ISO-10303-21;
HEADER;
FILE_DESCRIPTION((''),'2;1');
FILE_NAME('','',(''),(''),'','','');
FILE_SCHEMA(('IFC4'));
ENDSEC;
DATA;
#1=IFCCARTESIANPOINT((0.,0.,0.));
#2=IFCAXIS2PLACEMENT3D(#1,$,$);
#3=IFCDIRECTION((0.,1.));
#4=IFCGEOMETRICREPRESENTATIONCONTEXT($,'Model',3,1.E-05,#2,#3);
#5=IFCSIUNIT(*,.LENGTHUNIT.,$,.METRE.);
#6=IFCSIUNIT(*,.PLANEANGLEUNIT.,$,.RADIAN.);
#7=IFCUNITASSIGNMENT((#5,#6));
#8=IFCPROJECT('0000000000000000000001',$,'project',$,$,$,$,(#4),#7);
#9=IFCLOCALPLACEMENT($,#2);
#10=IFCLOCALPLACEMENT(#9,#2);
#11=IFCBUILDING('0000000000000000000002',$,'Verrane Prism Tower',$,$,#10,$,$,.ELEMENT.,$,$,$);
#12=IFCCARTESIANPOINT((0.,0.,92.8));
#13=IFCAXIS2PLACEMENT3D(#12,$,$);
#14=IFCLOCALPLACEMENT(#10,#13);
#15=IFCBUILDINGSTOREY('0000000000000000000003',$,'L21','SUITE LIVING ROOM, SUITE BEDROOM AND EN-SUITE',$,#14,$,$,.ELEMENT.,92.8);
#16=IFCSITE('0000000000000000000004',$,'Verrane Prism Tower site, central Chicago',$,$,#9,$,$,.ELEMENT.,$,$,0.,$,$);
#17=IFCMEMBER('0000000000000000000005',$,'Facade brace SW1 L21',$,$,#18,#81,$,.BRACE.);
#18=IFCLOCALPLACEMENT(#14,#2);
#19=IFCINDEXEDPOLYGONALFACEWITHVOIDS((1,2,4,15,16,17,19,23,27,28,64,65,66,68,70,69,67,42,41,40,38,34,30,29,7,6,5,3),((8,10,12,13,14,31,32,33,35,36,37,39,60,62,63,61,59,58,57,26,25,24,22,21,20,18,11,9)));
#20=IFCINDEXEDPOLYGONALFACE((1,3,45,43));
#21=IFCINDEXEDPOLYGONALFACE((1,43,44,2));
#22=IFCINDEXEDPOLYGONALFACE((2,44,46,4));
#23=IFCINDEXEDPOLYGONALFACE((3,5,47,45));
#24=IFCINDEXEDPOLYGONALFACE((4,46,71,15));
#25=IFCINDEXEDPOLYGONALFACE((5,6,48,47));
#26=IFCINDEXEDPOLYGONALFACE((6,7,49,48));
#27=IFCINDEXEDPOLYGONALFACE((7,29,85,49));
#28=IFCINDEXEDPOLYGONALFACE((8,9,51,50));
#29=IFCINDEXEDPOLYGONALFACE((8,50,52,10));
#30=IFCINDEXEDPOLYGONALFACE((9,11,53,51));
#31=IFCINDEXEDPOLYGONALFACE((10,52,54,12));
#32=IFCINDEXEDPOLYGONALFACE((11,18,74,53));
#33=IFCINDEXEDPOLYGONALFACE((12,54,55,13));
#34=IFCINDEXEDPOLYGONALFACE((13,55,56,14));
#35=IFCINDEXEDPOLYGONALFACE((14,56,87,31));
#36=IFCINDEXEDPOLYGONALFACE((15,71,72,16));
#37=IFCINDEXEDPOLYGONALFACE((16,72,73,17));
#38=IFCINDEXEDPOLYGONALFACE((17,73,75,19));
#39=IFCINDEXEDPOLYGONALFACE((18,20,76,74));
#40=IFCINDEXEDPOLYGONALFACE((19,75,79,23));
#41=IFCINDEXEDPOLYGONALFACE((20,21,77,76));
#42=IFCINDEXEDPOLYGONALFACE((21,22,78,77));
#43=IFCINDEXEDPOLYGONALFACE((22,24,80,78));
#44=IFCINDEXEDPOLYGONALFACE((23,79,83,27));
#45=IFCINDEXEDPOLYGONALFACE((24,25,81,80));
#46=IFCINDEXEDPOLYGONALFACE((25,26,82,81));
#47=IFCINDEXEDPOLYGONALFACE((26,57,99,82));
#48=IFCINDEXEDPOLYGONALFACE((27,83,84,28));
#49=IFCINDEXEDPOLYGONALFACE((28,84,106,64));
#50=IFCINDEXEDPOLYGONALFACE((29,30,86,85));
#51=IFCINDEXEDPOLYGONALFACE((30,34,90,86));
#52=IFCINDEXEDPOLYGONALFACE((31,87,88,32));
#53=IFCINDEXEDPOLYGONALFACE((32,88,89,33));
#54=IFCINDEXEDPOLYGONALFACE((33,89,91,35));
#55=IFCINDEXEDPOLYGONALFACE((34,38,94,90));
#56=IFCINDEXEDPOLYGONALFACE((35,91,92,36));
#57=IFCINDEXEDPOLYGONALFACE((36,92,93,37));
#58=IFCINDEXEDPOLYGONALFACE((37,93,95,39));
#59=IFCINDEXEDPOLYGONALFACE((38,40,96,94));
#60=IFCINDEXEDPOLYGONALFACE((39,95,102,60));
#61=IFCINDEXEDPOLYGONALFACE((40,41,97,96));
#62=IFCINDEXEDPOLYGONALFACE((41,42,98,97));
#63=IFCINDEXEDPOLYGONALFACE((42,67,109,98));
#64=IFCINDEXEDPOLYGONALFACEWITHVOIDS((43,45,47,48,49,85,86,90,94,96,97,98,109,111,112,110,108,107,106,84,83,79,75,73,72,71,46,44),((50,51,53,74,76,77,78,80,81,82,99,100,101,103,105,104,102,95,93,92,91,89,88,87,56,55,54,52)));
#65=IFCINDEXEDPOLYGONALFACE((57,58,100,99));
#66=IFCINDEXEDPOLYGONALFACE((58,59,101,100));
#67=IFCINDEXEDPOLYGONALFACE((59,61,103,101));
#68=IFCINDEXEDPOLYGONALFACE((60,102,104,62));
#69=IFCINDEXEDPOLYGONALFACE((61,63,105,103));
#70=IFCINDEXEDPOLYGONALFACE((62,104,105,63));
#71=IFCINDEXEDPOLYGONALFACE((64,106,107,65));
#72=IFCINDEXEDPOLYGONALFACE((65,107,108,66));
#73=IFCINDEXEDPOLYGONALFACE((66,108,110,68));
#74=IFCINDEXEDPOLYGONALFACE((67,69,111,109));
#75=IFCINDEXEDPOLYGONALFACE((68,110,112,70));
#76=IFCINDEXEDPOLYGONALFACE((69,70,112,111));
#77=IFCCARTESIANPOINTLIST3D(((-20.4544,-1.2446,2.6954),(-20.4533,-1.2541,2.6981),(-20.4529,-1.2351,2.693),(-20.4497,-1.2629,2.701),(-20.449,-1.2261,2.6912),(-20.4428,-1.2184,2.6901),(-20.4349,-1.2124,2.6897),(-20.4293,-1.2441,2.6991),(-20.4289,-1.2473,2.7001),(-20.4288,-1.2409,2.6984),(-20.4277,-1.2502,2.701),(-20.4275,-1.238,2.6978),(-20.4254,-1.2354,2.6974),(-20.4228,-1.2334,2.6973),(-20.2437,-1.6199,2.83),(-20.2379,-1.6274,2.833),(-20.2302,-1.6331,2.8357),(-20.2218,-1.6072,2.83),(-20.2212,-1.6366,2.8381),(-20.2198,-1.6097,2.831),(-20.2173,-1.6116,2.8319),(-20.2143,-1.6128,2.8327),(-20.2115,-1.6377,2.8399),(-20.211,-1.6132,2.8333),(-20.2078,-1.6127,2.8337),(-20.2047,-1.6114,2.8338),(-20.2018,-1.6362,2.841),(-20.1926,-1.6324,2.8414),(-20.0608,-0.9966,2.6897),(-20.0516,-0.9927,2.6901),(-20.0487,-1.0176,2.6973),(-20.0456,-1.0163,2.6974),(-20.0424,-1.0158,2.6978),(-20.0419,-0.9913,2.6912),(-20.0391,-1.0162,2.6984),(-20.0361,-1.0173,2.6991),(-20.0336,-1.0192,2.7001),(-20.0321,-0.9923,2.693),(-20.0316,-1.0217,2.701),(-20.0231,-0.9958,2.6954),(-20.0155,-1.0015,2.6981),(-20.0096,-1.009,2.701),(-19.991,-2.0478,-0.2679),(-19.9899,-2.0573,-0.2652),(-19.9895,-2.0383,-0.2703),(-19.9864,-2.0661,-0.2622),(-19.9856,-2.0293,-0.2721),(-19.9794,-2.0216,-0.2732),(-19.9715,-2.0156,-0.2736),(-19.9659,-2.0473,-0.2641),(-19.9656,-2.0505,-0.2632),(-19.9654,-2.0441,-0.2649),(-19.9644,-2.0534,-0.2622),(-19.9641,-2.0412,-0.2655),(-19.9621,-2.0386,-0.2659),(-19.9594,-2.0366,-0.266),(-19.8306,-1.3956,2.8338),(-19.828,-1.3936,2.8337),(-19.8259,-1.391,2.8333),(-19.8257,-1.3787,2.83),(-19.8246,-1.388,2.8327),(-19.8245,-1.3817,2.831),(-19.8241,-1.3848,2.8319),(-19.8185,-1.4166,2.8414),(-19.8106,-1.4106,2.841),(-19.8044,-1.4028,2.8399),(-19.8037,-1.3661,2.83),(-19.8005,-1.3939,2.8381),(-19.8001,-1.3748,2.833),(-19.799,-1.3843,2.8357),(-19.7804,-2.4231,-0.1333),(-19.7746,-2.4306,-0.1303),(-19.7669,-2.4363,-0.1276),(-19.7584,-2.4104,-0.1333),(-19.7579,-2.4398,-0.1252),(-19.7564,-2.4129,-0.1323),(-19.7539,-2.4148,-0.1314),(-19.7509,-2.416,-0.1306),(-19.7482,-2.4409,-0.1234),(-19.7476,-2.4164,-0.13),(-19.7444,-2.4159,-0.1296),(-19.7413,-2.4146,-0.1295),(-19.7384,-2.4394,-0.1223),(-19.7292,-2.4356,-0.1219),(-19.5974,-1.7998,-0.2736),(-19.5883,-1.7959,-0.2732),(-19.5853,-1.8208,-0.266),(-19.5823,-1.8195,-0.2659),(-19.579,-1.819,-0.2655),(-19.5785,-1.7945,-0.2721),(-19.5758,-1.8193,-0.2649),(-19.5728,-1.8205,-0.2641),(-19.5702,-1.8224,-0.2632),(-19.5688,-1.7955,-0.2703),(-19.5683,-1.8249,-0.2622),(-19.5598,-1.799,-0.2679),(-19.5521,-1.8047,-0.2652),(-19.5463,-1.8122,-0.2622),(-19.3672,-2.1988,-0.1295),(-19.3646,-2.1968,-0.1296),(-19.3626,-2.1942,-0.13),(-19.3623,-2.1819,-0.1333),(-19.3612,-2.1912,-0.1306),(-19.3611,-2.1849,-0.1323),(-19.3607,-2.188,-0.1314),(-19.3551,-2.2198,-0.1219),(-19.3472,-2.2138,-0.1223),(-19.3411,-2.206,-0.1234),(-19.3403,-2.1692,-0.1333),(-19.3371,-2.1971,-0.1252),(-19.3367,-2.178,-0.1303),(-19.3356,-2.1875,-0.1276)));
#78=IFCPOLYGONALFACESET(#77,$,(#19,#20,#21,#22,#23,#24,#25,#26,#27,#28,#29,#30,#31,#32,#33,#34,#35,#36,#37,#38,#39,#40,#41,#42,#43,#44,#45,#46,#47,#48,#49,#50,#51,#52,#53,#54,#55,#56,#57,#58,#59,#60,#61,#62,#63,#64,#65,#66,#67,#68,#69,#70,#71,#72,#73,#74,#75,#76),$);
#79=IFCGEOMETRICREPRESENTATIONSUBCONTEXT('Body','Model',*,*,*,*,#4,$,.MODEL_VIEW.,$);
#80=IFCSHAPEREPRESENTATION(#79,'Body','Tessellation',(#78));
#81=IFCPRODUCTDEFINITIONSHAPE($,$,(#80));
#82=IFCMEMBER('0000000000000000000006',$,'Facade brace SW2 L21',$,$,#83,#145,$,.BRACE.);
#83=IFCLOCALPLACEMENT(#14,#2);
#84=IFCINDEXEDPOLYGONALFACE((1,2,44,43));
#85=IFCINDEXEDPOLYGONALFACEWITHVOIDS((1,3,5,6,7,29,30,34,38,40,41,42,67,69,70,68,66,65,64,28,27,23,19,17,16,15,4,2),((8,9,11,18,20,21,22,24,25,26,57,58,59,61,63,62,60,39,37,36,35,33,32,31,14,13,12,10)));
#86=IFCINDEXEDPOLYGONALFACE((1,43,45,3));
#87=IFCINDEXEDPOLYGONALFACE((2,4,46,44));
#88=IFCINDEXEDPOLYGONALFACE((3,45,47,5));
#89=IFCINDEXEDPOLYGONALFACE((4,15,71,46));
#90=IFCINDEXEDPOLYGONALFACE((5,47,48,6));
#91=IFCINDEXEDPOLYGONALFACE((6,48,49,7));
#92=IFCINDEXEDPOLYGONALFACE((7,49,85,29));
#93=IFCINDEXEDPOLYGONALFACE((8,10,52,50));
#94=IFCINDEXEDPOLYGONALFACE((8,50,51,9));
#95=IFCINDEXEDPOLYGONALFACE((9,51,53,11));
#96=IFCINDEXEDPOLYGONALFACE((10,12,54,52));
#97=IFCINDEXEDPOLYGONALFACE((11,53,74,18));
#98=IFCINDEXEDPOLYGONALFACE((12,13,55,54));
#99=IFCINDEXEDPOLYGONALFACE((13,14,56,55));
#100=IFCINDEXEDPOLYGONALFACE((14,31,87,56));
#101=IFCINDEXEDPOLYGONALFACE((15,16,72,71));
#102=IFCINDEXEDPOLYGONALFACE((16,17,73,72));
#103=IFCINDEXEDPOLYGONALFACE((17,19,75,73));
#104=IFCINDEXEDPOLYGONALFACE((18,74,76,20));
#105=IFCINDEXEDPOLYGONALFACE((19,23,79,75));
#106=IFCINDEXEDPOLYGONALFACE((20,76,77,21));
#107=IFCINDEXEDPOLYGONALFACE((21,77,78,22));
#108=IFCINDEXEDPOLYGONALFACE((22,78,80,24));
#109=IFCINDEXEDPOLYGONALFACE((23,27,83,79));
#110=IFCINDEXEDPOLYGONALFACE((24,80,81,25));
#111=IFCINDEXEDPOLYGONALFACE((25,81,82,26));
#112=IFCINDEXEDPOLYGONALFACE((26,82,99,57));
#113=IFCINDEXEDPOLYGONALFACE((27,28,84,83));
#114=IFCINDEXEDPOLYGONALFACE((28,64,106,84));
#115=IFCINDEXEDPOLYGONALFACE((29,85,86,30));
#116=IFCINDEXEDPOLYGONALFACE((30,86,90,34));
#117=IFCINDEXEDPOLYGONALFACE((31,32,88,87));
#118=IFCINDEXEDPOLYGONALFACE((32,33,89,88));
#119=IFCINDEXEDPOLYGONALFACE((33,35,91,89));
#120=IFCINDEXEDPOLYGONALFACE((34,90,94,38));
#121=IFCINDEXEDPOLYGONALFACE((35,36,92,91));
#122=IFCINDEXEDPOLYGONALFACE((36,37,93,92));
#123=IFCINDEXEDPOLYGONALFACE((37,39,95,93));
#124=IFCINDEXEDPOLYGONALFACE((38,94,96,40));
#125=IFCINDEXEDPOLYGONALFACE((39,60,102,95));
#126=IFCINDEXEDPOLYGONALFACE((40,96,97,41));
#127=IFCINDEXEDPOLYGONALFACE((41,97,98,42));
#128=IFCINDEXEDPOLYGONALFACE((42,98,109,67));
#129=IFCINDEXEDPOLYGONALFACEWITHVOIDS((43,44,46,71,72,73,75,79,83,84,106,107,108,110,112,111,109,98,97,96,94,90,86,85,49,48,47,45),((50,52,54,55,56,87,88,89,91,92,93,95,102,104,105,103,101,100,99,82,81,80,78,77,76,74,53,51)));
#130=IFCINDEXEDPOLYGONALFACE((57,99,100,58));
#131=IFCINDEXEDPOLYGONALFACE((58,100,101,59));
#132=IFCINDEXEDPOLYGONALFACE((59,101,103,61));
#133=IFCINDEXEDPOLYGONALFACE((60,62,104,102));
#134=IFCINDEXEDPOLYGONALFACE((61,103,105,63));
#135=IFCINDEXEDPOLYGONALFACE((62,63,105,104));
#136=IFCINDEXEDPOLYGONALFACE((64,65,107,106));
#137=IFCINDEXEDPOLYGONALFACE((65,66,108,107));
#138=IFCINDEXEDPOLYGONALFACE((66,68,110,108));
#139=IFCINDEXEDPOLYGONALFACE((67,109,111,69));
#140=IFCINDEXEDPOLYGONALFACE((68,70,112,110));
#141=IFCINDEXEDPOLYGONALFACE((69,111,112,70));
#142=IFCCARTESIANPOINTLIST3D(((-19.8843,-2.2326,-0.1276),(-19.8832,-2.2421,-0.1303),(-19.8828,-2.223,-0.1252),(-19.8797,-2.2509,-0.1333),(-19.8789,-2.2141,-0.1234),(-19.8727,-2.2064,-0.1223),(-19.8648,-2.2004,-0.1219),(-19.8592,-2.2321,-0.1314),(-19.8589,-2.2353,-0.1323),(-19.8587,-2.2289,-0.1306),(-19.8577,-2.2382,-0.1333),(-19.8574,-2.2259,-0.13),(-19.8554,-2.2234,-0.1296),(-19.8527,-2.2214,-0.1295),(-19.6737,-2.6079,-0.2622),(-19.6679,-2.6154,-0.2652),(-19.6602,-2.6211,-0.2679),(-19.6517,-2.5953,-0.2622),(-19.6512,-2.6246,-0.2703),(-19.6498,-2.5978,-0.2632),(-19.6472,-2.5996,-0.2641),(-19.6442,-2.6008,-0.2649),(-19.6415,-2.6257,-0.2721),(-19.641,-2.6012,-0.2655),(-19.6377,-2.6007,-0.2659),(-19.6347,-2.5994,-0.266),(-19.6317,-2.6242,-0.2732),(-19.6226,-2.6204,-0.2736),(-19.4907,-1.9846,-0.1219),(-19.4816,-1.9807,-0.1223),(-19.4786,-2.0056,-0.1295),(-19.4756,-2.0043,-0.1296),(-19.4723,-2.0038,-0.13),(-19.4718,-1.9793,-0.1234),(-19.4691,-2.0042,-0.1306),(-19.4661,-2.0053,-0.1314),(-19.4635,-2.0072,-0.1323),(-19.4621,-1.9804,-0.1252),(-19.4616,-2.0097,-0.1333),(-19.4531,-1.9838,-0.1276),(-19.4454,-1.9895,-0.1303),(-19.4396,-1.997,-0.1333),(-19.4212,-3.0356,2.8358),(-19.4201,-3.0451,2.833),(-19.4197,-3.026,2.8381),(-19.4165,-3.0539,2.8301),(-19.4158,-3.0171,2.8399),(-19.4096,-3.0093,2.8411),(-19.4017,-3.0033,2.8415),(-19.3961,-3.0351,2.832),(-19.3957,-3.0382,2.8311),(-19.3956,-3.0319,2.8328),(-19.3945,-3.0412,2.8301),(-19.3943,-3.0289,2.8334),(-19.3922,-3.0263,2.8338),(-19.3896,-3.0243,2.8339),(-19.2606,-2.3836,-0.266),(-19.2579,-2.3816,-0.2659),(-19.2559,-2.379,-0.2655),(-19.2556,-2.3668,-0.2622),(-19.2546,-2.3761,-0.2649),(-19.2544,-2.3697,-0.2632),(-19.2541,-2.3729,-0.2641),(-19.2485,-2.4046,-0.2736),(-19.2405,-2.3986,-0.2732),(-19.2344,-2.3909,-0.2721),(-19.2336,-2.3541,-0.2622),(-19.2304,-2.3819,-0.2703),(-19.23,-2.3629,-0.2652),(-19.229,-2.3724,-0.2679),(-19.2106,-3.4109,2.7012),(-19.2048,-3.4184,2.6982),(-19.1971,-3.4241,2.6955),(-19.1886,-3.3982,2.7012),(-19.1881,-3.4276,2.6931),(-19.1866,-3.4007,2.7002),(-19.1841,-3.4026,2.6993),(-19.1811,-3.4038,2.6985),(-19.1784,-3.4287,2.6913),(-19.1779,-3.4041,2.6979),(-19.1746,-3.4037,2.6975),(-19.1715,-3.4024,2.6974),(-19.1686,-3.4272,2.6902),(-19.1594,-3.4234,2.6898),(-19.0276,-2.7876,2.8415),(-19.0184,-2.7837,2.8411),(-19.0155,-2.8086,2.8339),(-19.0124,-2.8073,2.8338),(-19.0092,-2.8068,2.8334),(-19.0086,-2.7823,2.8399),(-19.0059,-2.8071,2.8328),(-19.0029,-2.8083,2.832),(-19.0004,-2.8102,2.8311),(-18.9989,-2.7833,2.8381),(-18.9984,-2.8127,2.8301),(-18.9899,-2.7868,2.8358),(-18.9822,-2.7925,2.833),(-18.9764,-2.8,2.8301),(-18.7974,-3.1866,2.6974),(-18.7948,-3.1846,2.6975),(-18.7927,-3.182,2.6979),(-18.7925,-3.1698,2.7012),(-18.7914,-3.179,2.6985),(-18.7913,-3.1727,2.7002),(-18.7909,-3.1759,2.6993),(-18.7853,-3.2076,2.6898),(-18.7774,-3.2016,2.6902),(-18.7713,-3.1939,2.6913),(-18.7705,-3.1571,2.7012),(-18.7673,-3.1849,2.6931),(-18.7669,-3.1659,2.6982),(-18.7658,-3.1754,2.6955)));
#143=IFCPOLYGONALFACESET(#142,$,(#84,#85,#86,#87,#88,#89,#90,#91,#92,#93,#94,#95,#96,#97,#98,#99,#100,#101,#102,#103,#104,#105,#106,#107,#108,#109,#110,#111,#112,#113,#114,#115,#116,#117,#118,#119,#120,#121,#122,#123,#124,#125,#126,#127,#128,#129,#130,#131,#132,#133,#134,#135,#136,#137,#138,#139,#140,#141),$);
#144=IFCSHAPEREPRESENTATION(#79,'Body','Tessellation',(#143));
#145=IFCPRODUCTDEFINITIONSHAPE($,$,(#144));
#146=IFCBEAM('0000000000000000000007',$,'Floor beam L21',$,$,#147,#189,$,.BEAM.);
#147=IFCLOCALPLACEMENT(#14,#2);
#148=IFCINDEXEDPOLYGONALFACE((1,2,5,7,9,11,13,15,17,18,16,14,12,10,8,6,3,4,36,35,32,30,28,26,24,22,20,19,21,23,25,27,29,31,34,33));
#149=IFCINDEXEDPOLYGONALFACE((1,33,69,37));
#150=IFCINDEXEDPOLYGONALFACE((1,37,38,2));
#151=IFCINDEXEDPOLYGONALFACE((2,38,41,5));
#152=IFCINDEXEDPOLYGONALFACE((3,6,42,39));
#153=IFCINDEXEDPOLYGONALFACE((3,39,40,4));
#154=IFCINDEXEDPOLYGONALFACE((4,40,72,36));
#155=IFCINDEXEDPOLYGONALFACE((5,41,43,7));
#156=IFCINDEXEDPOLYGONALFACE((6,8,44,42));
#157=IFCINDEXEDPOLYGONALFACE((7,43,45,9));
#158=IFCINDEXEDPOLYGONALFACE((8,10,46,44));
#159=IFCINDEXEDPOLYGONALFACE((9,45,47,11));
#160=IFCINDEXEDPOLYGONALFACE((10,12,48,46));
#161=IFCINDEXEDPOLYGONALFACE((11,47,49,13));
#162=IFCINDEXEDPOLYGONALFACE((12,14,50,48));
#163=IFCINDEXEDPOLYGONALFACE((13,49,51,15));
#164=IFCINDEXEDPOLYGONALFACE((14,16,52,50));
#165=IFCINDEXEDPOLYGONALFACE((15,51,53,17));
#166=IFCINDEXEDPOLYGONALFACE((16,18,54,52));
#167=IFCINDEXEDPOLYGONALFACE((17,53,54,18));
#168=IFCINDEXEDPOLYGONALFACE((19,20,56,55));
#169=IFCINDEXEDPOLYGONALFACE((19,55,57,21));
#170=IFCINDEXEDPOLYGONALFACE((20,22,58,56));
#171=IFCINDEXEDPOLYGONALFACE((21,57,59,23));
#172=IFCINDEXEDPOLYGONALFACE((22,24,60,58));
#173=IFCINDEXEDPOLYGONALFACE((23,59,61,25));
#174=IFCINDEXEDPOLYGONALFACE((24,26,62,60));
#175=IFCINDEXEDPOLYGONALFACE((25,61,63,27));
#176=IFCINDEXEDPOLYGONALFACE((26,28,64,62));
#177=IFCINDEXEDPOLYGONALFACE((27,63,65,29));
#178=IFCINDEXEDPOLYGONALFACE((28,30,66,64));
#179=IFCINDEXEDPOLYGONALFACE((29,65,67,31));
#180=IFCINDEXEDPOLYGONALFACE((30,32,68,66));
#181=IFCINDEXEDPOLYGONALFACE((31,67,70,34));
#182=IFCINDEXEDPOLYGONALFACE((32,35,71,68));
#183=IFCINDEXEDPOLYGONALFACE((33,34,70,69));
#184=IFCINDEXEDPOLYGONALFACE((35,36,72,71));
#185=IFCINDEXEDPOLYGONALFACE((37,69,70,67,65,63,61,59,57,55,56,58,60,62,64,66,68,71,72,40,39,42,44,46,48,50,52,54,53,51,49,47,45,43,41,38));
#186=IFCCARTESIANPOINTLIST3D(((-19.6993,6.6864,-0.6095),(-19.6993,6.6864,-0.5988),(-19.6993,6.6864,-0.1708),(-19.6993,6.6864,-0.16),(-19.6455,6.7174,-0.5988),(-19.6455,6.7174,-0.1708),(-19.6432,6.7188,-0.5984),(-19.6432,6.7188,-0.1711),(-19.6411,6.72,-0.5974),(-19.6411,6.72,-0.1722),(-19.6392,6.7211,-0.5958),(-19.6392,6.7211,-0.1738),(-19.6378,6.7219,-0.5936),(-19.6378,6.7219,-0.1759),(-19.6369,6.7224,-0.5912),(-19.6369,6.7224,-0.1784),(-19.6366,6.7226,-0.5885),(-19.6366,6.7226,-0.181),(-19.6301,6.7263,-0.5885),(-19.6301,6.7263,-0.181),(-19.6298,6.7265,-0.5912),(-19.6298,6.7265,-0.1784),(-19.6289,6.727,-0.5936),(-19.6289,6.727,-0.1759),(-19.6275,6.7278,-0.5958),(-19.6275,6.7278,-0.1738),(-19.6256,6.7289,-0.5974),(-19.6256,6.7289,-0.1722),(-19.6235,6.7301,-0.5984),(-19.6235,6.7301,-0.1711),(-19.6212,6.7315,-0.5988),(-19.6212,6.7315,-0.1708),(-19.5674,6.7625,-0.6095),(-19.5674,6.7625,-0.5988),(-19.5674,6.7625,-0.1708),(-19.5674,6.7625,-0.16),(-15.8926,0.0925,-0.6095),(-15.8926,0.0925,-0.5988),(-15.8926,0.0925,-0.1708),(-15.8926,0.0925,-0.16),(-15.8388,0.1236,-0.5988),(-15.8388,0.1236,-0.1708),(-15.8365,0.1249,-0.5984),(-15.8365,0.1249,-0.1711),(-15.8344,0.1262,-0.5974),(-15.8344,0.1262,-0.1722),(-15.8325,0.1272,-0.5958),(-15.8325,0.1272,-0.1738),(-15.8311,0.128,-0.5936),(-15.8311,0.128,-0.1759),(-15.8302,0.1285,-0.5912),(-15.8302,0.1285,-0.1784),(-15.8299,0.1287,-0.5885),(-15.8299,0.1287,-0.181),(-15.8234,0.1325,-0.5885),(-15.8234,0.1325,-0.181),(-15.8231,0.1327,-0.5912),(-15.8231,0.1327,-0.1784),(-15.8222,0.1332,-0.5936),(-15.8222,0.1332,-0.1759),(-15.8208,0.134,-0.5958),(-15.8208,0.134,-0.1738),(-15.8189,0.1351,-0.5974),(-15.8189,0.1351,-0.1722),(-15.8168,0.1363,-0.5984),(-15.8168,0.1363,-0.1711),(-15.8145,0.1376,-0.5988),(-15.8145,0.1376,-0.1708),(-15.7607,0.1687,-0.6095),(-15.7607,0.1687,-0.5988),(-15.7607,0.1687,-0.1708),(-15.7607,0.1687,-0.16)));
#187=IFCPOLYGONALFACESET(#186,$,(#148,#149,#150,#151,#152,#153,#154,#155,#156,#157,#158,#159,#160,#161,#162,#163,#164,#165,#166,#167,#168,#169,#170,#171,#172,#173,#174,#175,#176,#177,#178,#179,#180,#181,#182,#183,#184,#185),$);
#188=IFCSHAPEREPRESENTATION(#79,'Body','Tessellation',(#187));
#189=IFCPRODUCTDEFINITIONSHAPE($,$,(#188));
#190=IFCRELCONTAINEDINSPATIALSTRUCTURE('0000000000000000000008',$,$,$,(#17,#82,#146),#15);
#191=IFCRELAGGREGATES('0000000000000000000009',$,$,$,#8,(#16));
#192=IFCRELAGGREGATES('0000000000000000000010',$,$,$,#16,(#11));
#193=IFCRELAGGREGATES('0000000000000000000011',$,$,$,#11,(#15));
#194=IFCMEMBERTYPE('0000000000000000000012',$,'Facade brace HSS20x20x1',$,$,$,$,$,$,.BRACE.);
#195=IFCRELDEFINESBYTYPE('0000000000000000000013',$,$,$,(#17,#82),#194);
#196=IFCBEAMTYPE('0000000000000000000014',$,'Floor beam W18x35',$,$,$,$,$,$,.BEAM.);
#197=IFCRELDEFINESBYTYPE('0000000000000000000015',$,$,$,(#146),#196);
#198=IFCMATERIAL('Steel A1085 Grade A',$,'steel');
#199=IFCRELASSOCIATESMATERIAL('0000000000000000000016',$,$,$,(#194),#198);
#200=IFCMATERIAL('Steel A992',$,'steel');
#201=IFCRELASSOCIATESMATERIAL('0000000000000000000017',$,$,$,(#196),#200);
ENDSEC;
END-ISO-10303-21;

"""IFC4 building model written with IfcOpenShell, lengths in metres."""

from ifc_helpers import new_model, si_unit, direction, frame, origin, origin_2d, place, context, subcontext, project, spatial, hollow_rectangle, i_section, extrude, material, material_profile, profile_set, type_object, element, save


model = new_model("IFC4")

# Units and contexts
model_context = context("Model", 3, precision=1e-05, world=origin(), true_north=direction((0.0, 1.0)))
body_context = subcontext(model_context, "Body", "Model", "MODEL_VIEW")
ifc_project = project(units=[si_unit("LENGTHUNIT", "METRE"), si_unit("PLANEANGLEUNIT", "RADIAN")], contexts=[model_context])

# Site, building, storey
site_placement = place(None, origin())
site = spatial("IfcSite", under=ifc_project, at=site_placement, Name="Verrane Prism Tower site, central Chicago", CompositionType="ELEMENT", RefElevation=0.0)
building_placement = place(site_placement, origin())
building = spatial("IfcBuilding", under=site, at=building_placement, Name="Verrane Prism Tower", CompositionType="ELEMENT")
storey_placement = place(building_placement, frame((0.0, 0.0, 92.8)))
storey = spatial("IfcBuildingStorey", under=building, at=storey_placement, Name="L21", Description="SUITE LIVING ROOM, SUITE BEDROOM AND EN-SUITE", CompositionType="ELEMENT", Elevation=92.8)

# Members
ifc_material_1 = material(Name="Steel A1085 Grade A", Category="steel")
ifc_material_profile_1 = material_profile(ifc_material_1, hollow_rectangle(XDim=0.5081, YDim=0.5081, WallThickness=0.0254, InnerFilletRadius=0.0127, OuterFilletRadius=0.0381, at=origin_2d()), Name="HSS20x20x1")
ifc_profile_set_1 = profile_set([ifc_material_profile_1], Name="Steel A1085 Grade A")
member_type_1 = type_object("IfcMemberType", Name="Facade brace HSS20x20x1", PredefinedType="BRACE", material=ifc_profile_set_1)
for number, where, z_axis, x_axis, name in (
    (1, (-19.6633, -2.1177, -0.1978), (-0.149233, 0.25868, 0.954366), (-0.866194, -0.499707, 0.0), "Facade brace SW1 L21"),
    (2, (-19.5566, -2.3025, -0.1978), (0.149159, -0.25861, 0.954396), (0.866243, 0.499624, 0.0), "Facade brace SW2 L21"),
):
    element("IfcMember", number, at=place(storey_placement, frame(where, z_axis=z_axis, x_axis=x_axis)), inside=storey, type_object=member_type_1, Name=name, PredefinedType="BRACE", context=body_context, shape_type="SweptSolid", body=[
        extrude(hollow_rectangle(XDim=0.5081, YDim=0.5081, WallThickness=0.0254, InnerFilletRadius=0.0127, OuterFilletRadius=0.0381, at=origin_2d()), origin(), (0.0, 0.0, 1.0), 3.105),
    ])

# Beam
ifc_material_2 = material(Name="Steel A992", Category="steel")
ifc_material_profile_2 = material_profile(ifc_material_2, i_section(OverallWidth=0.1523, OverallDepth=0.4495, WebThickness=0.0076, FlangeThickness=0.0107, FilletRadius=0.0103, at=origin_2d()), Name="W18x35")
ifc_profile_set_2 = profile_set([ifc_material_profile_2], Name="Steel A992")
beam_type_1 = type_object("IfcBeamType", Name="Floor beam W18x35", PredefinedType="BEAM", material=ifc_profile_set_2)
beam_1_placement = place(storey_placement, frame((-15.8267, 0.1306, -0.3848), z_axis=(-0.499974, 0.86604, 0.0), x_axis=(-0.86604, -0.499974, 0.0)))
element("IfcBeam", 3, at=beam_1_placement, inside=storey, type_object=beam_type_1, Name="Floor beam L21", PredefinedType="BEAM", context=body_context, shape_type="SweptSolid", body=[
    extrude(i_section(OverallWidth=0.1523, OverallDepth=0.4495, WebThickness=0.0076, FlangeThickness=0.0107, FilletRadius=0.0103, at=origin_2d()), origin(), (0.0, 0.0, 1.0), 7.6138),
])

save(model, "model.ifc")
